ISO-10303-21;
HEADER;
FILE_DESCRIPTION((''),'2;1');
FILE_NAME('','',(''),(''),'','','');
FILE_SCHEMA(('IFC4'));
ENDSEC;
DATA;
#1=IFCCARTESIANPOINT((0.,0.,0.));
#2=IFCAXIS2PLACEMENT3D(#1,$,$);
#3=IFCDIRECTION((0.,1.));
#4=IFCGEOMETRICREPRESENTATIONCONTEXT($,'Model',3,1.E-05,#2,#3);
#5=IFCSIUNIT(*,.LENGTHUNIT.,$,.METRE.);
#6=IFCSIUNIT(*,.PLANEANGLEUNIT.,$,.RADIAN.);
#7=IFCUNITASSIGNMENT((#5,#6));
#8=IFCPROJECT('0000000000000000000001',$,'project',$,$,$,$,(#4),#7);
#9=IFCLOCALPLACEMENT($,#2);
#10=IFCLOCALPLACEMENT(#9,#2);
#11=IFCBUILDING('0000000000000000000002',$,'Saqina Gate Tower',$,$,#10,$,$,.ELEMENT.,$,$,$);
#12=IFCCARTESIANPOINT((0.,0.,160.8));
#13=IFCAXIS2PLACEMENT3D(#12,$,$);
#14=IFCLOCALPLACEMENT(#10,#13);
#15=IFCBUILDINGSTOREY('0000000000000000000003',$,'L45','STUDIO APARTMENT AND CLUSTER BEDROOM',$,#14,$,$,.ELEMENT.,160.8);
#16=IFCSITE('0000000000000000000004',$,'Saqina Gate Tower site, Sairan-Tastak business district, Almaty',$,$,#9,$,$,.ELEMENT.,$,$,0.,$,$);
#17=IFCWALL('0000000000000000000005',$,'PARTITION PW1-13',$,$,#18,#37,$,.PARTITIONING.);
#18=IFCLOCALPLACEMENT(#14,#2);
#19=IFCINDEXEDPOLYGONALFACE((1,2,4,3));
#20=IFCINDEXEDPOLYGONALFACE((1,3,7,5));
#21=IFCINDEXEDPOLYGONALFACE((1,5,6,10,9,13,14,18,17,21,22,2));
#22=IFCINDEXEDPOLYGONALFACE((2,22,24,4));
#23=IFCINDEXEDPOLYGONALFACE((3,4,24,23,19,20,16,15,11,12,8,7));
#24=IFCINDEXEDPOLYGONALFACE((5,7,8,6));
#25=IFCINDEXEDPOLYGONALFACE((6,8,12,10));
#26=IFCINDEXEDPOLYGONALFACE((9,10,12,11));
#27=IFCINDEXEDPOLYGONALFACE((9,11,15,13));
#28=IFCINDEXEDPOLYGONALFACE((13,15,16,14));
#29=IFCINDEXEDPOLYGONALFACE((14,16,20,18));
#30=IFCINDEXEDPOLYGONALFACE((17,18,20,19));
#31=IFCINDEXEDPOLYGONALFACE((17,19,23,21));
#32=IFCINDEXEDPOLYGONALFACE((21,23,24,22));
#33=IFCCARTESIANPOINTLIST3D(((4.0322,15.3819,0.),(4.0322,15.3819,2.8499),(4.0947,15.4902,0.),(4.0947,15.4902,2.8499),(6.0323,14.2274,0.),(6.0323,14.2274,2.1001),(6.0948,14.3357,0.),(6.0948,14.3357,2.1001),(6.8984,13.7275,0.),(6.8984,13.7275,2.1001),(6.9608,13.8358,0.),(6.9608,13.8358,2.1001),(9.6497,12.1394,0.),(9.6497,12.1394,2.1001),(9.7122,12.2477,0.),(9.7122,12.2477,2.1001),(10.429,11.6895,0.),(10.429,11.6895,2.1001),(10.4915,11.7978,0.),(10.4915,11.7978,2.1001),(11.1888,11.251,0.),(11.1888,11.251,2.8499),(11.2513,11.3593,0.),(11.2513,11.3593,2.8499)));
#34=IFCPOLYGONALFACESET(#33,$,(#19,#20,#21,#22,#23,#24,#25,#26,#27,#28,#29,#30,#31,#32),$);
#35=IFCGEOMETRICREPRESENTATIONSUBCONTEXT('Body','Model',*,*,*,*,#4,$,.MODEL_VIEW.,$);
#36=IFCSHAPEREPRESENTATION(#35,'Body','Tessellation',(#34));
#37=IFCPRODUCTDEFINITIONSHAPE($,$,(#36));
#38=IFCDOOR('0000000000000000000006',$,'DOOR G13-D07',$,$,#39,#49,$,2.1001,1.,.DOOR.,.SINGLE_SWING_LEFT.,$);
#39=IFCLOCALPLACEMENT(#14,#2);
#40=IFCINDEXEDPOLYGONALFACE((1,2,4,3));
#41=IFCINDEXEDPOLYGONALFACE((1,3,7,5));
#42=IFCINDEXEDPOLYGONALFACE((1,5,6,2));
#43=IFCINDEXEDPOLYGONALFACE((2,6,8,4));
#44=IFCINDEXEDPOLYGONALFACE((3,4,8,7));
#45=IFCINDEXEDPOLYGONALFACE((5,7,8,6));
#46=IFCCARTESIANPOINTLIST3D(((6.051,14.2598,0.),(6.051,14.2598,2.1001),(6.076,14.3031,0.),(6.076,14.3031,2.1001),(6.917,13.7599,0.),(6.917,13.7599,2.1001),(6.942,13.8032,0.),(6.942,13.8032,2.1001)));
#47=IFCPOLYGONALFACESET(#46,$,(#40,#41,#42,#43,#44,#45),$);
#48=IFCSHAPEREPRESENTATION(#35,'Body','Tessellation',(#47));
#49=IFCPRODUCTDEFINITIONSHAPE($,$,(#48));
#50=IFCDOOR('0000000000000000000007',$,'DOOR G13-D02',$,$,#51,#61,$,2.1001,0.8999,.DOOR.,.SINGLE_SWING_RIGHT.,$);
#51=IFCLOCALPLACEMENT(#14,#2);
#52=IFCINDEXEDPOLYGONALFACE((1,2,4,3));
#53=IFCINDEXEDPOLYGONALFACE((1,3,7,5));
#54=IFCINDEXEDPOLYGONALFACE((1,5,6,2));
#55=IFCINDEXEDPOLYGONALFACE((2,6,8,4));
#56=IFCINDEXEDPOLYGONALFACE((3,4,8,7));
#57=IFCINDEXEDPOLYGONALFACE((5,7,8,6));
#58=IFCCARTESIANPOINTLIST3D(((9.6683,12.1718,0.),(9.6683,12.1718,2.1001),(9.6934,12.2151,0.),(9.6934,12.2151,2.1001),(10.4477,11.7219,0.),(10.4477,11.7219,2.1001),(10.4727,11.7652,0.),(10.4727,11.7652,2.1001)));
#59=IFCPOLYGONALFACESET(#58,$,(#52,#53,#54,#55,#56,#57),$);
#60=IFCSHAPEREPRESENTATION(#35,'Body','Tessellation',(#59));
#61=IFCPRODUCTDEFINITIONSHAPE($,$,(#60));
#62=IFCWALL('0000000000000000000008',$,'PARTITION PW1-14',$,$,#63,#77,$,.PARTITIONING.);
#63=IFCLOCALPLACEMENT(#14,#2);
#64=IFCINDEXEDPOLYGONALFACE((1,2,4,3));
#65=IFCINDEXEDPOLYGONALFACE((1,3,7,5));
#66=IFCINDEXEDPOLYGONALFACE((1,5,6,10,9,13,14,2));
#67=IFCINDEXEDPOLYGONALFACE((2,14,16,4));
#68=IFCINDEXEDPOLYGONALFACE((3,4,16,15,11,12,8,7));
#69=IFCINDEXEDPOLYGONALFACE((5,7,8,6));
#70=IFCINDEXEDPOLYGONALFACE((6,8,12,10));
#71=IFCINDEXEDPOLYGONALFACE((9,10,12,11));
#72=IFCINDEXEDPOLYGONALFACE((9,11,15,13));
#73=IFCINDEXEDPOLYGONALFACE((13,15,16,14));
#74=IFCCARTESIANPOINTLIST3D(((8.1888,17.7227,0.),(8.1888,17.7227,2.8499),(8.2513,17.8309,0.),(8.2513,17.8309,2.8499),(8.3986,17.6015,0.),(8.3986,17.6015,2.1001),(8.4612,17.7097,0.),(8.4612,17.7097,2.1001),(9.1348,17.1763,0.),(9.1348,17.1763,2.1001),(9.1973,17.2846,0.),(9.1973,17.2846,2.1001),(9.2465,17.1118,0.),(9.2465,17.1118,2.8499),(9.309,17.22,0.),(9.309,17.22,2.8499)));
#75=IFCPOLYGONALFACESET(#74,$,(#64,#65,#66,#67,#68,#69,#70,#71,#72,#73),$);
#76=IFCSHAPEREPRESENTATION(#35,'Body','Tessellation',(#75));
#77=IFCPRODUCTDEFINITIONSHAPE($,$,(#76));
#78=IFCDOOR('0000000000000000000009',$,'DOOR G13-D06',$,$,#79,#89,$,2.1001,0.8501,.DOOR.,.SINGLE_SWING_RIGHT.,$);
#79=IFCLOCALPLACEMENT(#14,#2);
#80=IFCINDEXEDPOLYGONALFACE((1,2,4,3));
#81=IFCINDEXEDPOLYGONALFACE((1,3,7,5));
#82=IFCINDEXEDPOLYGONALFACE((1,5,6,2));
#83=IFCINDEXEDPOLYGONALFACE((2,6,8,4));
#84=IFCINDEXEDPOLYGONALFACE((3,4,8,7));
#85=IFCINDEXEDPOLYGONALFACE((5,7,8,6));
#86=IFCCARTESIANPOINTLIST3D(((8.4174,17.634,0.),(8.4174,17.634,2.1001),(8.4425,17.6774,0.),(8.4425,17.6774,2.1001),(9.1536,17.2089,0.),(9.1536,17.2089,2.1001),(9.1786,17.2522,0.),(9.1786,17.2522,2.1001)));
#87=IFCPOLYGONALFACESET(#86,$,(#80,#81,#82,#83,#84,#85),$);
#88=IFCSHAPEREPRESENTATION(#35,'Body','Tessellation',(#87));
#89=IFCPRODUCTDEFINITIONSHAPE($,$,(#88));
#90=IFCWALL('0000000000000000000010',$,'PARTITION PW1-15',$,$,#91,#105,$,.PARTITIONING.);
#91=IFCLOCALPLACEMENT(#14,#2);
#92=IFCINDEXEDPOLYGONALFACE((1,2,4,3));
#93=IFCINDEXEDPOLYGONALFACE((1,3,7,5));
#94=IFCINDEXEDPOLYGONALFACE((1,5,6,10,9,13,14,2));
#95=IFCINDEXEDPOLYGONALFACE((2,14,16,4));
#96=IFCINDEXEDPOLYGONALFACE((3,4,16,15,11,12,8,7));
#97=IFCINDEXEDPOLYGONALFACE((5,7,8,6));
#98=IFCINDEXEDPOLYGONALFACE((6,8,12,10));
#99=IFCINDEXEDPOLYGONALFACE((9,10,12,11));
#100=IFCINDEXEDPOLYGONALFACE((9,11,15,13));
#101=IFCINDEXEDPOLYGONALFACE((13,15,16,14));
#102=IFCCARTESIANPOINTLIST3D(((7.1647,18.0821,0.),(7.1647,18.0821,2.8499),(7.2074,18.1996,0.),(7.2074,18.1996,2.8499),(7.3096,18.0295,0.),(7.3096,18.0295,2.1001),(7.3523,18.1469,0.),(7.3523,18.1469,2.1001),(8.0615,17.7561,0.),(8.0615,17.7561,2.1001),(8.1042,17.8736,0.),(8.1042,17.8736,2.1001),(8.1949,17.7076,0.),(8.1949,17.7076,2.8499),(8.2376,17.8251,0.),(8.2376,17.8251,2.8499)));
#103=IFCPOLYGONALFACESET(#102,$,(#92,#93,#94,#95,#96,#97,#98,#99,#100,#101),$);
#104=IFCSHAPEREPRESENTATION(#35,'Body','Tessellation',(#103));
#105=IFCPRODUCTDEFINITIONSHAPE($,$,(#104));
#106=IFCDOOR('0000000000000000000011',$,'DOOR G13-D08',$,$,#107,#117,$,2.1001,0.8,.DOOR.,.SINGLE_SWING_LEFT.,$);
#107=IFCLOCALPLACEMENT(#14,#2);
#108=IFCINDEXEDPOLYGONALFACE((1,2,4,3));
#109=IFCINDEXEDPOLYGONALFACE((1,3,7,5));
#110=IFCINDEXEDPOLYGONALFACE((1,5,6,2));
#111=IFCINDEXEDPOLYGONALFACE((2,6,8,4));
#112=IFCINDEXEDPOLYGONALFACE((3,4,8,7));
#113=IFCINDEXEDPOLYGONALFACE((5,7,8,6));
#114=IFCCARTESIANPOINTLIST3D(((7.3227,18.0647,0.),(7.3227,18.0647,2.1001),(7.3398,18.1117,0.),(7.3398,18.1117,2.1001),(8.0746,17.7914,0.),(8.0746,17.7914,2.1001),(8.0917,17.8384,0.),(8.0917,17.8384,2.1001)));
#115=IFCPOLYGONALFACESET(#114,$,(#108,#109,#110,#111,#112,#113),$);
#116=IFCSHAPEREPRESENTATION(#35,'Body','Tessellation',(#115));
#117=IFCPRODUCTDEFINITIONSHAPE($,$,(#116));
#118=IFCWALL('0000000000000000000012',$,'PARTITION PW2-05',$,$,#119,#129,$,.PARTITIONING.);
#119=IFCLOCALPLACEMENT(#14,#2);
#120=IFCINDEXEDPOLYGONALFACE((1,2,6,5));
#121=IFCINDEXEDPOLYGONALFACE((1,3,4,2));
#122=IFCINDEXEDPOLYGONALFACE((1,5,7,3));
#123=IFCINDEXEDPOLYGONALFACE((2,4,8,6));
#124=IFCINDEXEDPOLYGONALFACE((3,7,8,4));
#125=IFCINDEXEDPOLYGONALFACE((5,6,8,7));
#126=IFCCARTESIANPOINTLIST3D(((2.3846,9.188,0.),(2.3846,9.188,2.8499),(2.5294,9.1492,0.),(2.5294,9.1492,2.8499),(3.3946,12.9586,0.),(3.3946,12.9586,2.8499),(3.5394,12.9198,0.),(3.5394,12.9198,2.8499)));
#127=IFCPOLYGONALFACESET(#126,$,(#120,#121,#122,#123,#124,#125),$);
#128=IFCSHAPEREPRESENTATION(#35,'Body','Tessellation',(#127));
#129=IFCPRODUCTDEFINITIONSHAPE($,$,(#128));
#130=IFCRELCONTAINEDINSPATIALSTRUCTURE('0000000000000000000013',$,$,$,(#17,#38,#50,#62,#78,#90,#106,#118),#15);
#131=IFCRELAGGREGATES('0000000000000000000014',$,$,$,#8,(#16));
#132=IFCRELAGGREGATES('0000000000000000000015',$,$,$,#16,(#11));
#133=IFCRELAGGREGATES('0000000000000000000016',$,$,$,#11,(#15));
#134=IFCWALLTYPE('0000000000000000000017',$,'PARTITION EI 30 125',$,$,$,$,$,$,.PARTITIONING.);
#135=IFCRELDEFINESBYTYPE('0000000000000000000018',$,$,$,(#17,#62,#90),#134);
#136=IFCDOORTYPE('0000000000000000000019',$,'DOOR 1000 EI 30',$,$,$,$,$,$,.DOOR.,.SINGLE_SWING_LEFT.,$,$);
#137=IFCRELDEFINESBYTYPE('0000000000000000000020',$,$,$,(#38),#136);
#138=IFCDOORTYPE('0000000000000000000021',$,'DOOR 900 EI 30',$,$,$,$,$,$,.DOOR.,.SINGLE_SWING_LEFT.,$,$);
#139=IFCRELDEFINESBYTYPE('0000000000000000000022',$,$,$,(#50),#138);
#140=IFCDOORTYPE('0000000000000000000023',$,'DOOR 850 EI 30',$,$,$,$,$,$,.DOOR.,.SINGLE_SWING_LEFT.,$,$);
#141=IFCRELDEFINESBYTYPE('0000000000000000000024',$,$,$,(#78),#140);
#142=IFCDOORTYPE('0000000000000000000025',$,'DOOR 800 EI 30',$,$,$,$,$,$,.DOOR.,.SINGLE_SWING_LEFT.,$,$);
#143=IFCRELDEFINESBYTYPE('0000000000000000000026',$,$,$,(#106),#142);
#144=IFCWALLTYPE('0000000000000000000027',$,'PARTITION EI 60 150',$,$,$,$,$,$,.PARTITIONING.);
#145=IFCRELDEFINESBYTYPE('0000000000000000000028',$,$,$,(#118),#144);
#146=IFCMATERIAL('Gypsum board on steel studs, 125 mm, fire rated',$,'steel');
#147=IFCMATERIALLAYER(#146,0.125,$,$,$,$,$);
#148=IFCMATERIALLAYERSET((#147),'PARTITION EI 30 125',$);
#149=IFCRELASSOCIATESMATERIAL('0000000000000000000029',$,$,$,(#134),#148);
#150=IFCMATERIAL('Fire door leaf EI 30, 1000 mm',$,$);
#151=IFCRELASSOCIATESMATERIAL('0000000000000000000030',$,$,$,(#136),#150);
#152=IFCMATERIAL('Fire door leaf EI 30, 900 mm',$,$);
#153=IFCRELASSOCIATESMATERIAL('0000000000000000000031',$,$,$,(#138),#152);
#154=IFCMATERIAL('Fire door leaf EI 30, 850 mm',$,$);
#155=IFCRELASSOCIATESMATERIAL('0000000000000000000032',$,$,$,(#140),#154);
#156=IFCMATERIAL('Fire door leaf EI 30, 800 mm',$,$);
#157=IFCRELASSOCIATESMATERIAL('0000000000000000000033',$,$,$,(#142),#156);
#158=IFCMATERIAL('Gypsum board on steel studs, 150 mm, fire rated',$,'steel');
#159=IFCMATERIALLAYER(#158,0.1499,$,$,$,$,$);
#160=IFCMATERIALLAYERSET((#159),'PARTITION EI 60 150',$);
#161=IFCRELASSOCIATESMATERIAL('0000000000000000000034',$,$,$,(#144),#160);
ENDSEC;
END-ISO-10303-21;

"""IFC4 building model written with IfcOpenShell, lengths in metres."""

from ifc_helpers import new_model, si_unit, direction, frame, frame_2d, origin, place, context, subcontext, project, spatial, rectangle, extrude, material, layer, layer_set, type_object, element, fill, save


model = new_model("IFC4")

# Units and contexts
model_context = context("Model", 3, precision=1e-05, world=origin(), true_north=direction((0.0, 1.0)))
body_context = subcontext(model_context, "Body", "Model", "MODEL_VIEW")
ifc_project = project(units=[si_unit("LENGTHUNIT", "METRE"), si_unit("PLANEANGLEUNIT", "RADIAN")], contexts=[model_context])

# Site, building, storey
site_placement = place(None, origin())
site = spatial("IfcSite", under=ifc_project, at=site_placement, Name="Saqina Gate Tower site, Sairan-Tastak business district, Almaty", CompositionType="ELEMENT", RefElevation=0.0)
building_placement = place(site_placement, origin())
building = spatial("IfcBuilding", under=site, at=building_placement, Name="Saqina Gate Tower", CompositionType="ELEMENT")
storey_placement = place(building_placement, frame((0.0, 0.0, 160.8)))
storey = spatial("IfcBuildingStorey", under=building, at=storey_placement, Name="L45", Description="STUDIO APARTMENT AND CLUSTER BEDROOM", CompositionType="ELEMENT", Elevation=160.8)

# Shared definitions
ifc_material_1 = material(Name="Gypsum board on steel studs, 125 mm, fire rated", Category="steel")
ifc_layer_1 = layer(ifc_material_1, 0.125)
ifc_layer_set_1 = layer_set([ifc_layer_1], Name="PARTITION EI 30 125")
wall_type_1 = type_object("IfcWallType", Name="PARTITION EI 30 125", PredefinedType="PARTITIONING", material=ifc_layer_set_1)
ifc_material_2 = material(Name="Fire door leaf EI 30, 1000 mm")
door_type_1 = type_object("IfcDoorType", Name="DOOR 1000 EI 30", OperationType="SINGLE_SWING_LEFT", PredefinedType="DOOR", material=ifc_material_2)

# Wall, openings, doors
wall_1_placement = place(storey_placement, frame((4.0635, 15.436, 0.0), z_axis=(0.0, 0.0, 1.0), x_axis=(0.866075, -0.499914, 0.0)))
wall_1 = element("IfcWall", 1, at=wall_1_placement, inside=storey, type_object=wall_type_1, Name="PARTITION PW1-13", PredefinedType="PARTITIONING", context=body_context, shape_type="SweptSolid", body=[
    extrude(rectangle(XDim=8.2632, YDim=0.125, at=frame_2d((4.1316, 0.0))), origin(), (0.0, 0.0, 1.0), 2.8499),
])
opening_1_placement = place(wall_1_placement, frame((6.4861, 0.0, 0.0)))
opening_1 = element("IfcOpeningElement", 2, at=opening_1_placement, cuts=wall_1, PredefinedType="OPENING", context=body_context, shape_type="SweptSolid", body=[
    extrude(rectangle(XDim=0.8999, YDim=2.1001, at=frame_2d((0.45, 1.05))), frame((0.0, 0.0745, 0.0), z_axis=(0.0, -1.0, 0.0), x_axis=(1.0, 0.0, 0.0)), (0.0, 0.0, 1.0), 0.1489),
])
opening_2_placement = place(wall_1_placement, frame((2.3093, 0.0, 0.0)))
opening_2 = element("IfcOpeningElement", 3, at=opening_2_placement, cuts=wall_1, PredefinedType="OPENING", context=body_context, shape_type="SweptSolid", body=[
    extrude(rectangle(XDim=1.0, YDim=2.1001, at=frame_2d((0.5, 1.05))), frame((0.0, 0.0745, 0.0), z_axis=(0.0, -1.0, 0.0), x_axis=(1.0, 0.0, 0.0)), (0.0, 0.0, 1.0), 0.1489),
])
door_1_placement = place(opening_2_placement, origin())
door_1 = element("IfcDoor", 4, at=door_1_placement, inside=storey, type_object=door_type_1, Name="DOOR G13-D07", OperationType="SINGLE_SWING_LEFT", OverallHeight=2.1001, OverallWidth=1.0, PredefinedType="DOOR", context=body_context, shape_type="SweptSolid", body=[
    extrude(rectangle(XDim=1.0, YDim=2.1001, at=frame_2d((0.5, 1.05))), frame((0.0, 0.0249, 0.0), z_axis=(0.0, -1.0, 0.0), x_axis=(1.0, 0.0, 0.0)), (0.0, 0.0, 1.0), 0.05),
])
fill(opening_2, door_1)
ifc_material_3 = material(Name="Fire door leaf EI 30, 900 mm")
door_type_2 = type_object("IfcDoorType", Name="DOOR 900 EI 30", OperationType="SINGLE_SWING_LEFT", PredefinedType="DOOR", material=ifc_material_3)
door_2_placement = place(opening_1_placement, origin())
door_2 = element("IfcDoor", 5, at=door_2_placement, inside=storey, type_object=door_type_2, Name="DOOR G13-D02", OperationType="SINGLE_SWING_RIGHT", OverallHeight=2.1001, OverallWidth=0.8999, PredefinedType="DOOR", context=body_context, shape_type="SweptSolid", body=[
    extrude(rectangle(XDim=0.8999, YDim=2.1001, at=frame_2d((0.45, 1.05))), frame((0.0, 0.0249, 0.0), z_axis=(0.0, -1.0, 0.0), x_axis=(1.0, 0.0, 0.0)), (0.0, 0.0, 1.0), 0.05),
])
fill(opening_1, door_2)

# Walls, openings, doors
wall_2_placement = place(storey_placement, frame((8.22, 17.7769, 0.0), z_axis=(0.0, 0.0, 1.0), x_axis=(0.865946, -0.500138, 0.0)))
wall_2 = element("IfcWall", 6, at=wall_2_placement, inside=storey, type_object=wall_type_1, Name="PARTITION PW1-14", PredefinedType="PARTITIONING", context=body_context, shape_type="SweptSolid", body=[
    extrude(rectangle(XDim=1.2214, YDim=0.125, at=frame_2d((0.6108, 0.0))), origin(), (0.0, 0.0, 1.0), 2.8499),
])
opening_3_placement = place(wall_2_placement, frame((0.2424, 0.0, 0.0)))
opening_3 = element("IfcOpeningElement", 7, at=opening_3_placement, cuts=wall_2, PredefinedType="OPENING", context=body_context, shape_type="SweptSolid", body=[
    extrude(rectangle(XDim=0.8501, YDim=2.1001, at=frame_2d((0.425, 1.05))), frame((0.0, 0.0745, 0.0), z_axis=(0.0, -1.0, 0.0), x_axis=(1.0, 0.0, 0.0)), (0.0, 0.0, 1.0), 0.1489),
])
ifc_material_4 = material(Name="Fire door leaf EI 30, 850 mm")
door_type_3 = type_object("IfcDoorType", Name="DOOR 850 EI 30", OperationType="SINGLE_SWING_LEFT", PredefinedType="DOOR", material=ifc_material_4)
door_3_placement = place(opening_3_placement, frame((0.8501, 0.0, 0.0), z_axis=(0.0, 0.0, 1.0), x_axis=(-1.0, 0.0, 0.0)))
door_3 = element("IfcDoor", 8, at=door_3_placement, inside=storey, type_object=door_type_3, Name="DOOR G13-D06", OperationType="SINGLE_SWING_RIGHT", OverallHeight=2.1001, OverallWidth=0.8501, PredefinedType="DOOR", context=body_context, shape_type="SweptSolid", body=[
    extrude(rectangle(XDim=0.8501, YDim=2.1001, at=frame_2d((0.425, 1.05))), frame((0.0, 0.0249, 0.0), z_axis=(0.0, -1.0, 0.0), x_axis=(1.0, 0.0, 0.0)), (0.0, 0.0, 1.0), 0.05),
])
fill(opening_3, door_3)
wall_3_placement = place(storey_placement, frame((7.186, 18.1409, 0.0), z_axis=(0.0, 0.0, 1.0), x_axis=(0.939832, -0.341636, 0.0)))
wall_3 = element("IfcWall", 9, at=wall_3_placement, inside=storey, type_object=wall_type_1, Name="PARTITION PW1-15", PredefinedType="PARTITIONING", context=body_context, shape_type="SweptSolid", body=[
    extrude(rectangle(XDim=1.0962, YDim=0.125, at=frame_2d((0.5481, 0.0))), origin(), (0.0, 0.0, 1.0), 2.8499),
])
opening_4_placement = place(wall_3_placement, frame((0.1543, 0.0, 0.0)))
opening_4 = element("IfcOpeningElement", 10, at=opening_4_placement, cuts=wall_3, PredefinedType="OPENING", context=body_context, shape_type="SweptSolid", body=[
    extrude(rectangle(XDim=0.8, YDim=2.1001, at=frame_2d((0.3999, 1.05))), frame((0.0, 0.0745, 0.0), z_axis=(0.0, -1.0, 0.0), x_axis=(1.0, 0.0, 0.0)), (0.0, 0.0, 1.0), 0.1489),
])
ifc_material_5 = material(Name="Fire door leaf EI 30, 800 mm")
door_type_4 = type_object("IfcDoorType", Name="DOOR 800 EI 30", OperationType="SINGLE_SWING_LEFT", PredefinedType="DOOR", material=ifc_material_5)
door_4_placement = place(opening_4_placement, frame((0.8, 0.0, 0.0), z_axis=(0.0, 0.0, 1.0), x_axis=(-1.0, 0.0, 0.0)))
door_4 = element("IfcDoor", 11, at=door_4_placement, inside=storey, type_object=door_type_4, Name="DOOR G13-D08", OperationType="SINGLE_SWING_LEFT", OverallHeight=2.1001, OverallWidth=0.8, PredefinedType="DOOR", context=body_context, shape_type="SweptSolid", body=[
    extrude(rectangle(XDim=0.8, YDim=2.1001, at=frame_2d((0.3999, 1.05))), frame((0.0, 0.0249, 0.0), z_axis=(0.0, -1.0, 0.0), x_axis=(1.0, 0.0, 0.0)), (0.0, 0.0, 1.0), 0.05),
])
fill(opening_4, door_4)

# Wall
ifc_material_6 = material(Name="Gypsum board on steel studs, 150 mm, fire rated", Category="steel")
ifc_layer_2 = layer(ifc_material_6, 0.1499)
ifc_layer_set_2 = layer_set([ifc_layer_2], Name="PARTITION EI 60 150")
wall_type_2 = type_object("IfcWallType", Name="PARTITION EI 60 150", PredefinedType="PARTITIONING", material=ifc_layer_set_2)
wall_4_placement = place(storey_placement, frame((2.457, 9.1687, 0.0), z_axis=(0.0, 0.0, 1.0), x_axis=(0.258733, 0.965949, 0.0)))
element("IfcWall", 12, at=wall_4_placement, inside=storey, type_object=wall_type_2, Name="PARTITION PW2-05", PredefinedType="PARTITIONING", context=body_context, shape_type="SweptSolid", body=[
    extrude(rectangle(XDim=3.9036, YDim=0.1499, at=frame_2d((1.9517, 0.0))), origin(), (0.0, 0.0, 1.0), 2.8499),
])

save(model, "model.ifc")
